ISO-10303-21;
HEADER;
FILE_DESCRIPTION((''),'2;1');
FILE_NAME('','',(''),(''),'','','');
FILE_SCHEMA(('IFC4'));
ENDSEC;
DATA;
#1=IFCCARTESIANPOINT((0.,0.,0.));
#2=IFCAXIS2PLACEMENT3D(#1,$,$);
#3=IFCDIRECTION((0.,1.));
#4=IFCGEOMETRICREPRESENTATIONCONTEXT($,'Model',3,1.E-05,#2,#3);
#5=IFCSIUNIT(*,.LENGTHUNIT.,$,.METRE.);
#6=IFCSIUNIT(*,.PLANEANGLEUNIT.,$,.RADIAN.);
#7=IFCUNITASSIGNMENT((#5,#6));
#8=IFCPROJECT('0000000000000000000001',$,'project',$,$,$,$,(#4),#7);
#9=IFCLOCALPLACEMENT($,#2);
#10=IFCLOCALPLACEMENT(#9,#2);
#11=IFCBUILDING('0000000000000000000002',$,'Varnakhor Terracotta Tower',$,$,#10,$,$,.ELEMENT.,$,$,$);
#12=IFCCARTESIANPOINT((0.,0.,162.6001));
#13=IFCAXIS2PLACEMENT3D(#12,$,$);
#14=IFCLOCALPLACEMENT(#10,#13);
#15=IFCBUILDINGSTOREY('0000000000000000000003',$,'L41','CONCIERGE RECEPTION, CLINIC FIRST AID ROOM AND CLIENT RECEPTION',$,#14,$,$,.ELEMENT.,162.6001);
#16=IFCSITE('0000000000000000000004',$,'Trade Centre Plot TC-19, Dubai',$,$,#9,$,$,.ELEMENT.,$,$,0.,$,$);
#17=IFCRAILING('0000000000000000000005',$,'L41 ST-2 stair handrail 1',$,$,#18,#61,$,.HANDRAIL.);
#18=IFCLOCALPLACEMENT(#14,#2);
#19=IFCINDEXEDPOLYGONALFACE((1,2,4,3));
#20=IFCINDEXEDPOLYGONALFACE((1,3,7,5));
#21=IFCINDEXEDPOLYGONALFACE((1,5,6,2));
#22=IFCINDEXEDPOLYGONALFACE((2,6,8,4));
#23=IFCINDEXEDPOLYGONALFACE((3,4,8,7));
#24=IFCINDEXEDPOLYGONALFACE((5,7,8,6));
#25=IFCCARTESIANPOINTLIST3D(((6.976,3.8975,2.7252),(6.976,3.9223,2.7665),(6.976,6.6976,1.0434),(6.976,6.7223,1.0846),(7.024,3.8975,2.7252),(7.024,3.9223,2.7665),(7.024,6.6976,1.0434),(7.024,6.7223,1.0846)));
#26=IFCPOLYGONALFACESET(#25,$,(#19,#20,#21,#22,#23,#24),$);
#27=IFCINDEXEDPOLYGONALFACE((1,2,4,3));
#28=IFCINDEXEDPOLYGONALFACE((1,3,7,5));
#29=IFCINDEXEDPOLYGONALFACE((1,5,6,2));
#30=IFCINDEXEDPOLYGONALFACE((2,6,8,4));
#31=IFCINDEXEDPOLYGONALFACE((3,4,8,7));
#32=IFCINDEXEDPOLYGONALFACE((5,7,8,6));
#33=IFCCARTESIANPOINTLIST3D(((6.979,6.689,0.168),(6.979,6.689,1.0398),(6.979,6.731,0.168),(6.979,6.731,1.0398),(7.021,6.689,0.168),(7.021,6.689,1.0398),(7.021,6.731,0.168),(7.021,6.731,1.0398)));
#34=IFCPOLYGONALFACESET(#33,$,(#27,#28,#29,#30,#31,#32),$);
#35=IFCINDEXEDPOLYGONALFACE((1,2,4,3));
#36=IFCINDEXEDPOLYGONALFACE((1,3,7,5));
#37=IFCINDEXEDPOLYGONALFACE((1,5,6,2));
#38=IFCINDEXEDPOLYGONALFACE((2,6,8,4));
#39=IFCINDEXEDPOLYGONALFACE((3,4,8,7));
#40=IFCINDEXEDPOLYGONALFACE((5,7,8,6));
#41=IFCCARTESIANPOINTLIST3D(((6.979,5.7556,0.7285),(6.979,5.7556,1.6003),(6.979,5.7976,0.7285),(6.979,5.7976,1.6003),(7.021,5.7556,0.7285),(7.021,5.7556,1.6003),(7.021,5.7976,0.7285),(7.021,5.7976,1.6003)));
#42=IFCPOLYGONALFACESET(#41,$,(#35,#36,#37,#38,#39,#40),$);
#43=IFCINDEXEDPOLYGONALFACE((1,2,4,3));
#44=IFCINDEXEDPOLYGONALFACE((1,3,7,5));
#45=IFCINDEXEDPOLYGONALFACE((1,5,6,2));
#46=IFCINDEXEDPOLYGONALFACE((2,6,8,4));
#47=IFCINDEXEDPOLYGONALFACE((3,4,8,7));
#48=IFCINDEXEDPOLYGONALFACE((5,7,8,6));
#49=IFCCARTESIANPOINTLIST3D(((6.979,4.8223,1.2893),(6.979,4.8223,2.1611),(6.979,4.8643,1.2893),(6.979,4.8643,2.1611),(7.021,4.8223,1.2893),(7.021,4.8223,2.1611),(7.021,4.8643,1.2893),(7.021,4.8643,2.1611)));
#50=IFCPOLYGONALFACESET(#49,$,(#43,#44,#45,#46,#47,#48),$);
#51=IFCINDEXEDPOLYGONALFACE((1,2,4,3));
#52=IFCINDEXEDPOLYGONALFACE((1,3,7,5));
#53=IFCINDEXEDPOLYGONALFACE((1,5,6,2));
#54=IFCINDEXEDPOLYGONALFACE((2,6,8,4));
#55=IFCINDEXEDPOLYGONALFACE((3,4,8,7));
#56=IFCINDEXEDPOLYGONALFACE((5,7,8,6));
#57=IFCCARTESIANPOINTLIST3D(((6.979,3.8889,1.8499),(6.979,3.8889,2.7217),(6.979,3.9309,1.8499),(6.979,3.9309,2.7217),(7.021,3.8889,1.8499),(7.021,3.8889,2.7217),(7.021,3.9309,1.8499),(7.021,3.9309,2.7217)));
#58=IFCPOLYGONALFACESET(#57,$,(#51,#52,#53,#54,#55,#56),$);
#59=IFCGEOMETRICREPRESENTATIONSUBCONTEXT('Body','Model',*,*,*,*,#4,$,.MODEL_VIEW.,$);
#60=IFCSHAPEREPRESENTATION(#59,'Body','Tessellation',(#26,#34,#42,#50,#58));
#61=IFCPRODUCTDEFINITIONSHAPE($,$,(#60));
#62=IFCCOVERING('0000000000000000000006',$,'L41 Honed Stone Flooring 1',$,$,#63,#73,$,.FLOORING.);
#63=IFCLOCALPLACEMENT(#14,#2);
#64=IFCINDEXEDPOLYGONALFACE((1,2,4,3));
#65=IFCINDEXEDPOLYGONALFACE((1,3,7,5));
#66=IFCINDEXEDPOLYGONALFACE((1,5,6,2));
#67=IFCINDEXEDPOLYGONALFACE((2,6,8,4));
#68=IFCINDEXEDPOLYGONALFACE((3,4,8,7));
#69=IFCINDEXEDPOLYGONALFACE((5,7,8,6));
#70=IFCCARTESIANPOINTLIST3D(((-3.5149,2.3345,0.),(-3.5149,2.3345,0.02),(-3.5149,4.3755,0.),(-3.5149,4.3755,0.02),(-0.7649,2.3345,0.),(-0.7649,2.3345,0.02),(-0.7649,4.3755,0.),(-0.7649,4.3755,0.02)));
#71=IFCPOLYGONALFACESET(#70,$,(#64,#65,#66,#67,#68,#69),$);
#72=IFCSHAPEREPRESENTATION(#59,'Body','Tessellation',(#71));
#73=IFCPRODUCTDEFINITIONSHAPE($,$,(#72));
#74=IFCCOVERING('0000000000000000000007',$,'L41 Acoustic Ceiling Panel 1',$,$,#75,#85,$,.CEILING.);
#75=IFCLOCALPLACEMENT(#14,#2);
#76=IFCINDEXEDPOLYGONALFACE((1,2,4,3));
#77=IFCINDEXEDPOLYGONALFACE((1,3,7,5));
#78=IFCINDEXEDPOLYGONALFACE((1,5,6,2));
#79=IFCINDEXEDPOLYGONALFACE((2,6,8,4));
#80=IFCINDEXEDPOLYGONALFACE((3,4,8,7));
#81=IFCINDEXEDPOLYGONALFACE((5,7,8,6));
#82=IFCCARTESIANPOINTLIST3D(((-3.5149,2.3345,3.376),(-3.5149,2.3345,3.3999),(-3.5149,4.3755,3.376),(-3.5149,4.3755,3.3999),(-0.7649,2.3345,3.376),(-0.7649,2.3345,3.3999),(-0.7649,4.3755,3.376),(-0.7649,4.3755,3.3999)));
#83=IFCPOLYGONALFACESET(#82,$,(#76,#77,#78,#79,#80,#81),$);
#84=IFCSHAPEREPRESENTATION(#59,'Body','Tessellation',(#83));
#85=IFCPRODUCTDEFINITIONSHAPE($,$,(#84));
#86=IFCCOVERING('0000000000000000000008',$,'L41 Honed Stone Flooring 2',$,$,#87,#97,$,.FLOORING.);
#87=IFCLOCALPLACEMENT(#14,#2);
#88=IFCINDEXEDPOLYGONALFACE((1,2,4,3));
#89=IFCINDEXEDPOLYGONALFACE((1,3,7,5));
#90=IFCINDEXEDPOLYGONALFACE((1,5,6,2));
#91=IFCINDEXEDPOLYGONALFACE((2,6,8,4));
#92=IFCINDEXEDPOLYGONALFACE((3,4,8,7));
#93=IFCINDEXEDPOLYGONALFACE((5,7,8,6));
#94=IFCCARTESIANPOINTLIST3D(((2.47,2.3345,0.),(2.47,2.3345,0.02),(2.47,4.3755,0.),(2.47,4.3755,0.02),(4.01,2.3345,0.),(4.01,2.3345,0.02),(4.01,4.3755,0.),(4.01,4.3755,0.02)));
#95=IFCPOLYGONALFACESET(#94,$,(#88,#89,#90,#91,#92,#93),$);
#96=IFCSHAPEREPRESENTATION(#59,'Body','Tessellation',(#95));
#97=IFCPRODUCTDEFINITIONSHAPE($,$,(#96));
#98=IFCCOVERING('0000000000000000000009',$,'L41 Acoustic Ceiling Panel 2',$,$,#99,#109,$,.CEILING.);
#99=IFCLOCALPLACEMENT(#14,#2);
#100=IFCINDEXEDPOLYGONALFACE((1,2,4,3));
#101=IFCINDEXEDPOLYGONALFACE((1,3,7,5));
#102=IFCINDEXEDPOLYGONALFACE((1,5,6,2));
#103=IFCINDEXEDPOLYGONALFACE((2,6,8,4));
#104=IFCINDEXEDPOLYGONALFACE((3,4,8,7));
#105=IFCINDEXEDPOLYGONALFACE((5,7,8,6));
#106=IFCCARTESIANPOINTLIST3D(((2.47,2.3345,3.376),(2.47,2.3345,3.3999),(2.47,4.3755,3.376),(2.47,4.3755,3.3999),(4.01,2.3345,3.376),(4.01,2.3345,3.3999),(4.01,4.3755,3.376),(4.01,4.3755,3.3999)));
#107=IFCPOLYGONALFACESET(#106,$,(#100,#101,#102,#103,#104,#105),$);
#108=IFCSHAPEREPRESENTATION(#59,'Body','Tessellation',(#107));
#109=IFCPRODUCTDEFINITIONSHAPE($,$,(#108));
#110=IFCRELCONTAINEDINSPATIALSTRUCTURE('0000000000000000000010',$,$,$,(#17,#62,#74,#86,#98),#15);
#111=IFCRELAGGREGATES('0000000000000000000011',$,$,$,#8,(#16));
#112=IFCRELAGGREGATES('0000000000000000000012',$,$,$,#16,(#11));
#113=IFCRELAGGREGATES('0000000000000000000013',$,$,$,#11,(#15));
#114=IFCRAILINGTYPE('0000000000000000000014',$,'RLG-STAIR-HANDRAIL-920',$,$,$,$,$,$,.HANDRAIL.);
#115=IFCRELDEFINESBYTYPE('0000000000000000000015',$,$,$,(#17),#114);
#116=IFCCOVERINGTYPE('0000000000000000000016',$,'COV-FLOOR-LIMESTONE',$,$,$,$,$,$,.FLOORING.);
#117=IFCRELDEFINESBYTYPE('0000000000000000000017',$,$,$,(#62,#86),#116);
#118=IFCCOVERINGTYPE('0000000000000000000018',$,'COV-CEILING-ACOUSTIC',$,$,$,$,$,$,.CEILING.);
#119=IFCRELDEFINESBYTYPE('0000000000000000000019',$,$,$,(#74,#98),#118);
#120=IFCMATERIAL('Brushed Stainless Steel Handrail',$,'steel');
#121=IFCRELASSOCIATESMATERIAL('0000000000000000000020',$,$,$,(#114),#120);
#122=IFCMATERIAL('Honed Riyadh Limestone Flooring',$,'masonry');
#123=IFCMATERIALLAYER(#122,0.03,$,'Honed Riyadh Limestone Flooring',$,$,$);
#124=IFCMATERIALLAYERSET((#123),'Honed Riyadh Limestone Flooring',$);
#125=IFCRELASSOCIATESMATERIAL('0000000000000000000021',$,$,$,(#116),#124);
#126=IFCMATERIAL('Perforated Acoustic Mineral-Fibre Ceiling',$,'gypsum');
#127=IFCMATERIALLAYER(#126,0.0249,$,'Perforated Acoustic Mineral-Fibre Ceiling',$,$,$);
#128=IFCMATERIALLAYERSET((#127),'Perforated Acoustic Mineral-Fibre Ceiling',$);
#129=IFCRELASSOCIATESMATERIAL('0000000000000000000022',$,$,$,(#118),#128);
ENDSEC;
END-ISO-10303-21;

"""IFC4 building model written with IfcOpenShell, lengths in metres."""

from ifc_helpers import new_model, si_unit, direction, frame, origin, origin_2d, place, context, subcontext, project, spatial, rectangle, extrude, source, transform, mapped, material, layer, layer_set, type_object, element, save


model = new_model("IFC4")

# Units and contexts
model_context = context("Model", 3, precision=1e-05, world=origin(), true_north=direction((0.0, 1.0)))
body_context = subcontext(model_context, "Body", "Model", "MODEL_VIEW")
ifc_project = project(units=[si_unit("LENGTHUNIT", "METRE"), si_unit("PLANEANGLEUNIT", "RADIAN")], contexts=[model_context])

# Site, building, storey
site_placement = place(None, origin())
site = spatial("IfcSite", under=ifc_project, at=site_placement, Name="Trade Centre Plot TC-19, Dubai", CompositionType="ELEMENT", RefElevation=0.0)
building_placement = place(site_placement, origin())
building = spatial("IfcBuilding", under=site, at=building_placement, Name="Varnakhor Terracotta Tower", CompositionType="ELEMENT")
storey_placement = place(building_placement, frame((0.0, 0.0, 162.6001)))
storey = spatial("IfcBuildingStorey", under=building, at=storey_placement, Name="L41", Description="CONCIERGE RECEPTION, CLINIC FIRST AID ROOM AND CLIENT RECEPTION", CompositionType="ELEMENT", Elevation=162.6001)

# Railing
ifc_material_1 = material(Name="Brushed Stainless Steel Handrail", Category="steel")
railing_type_1 = type_object("IfcRailingType", Name="RLG-STAIR-HANDRAIL-920", PredefinedType="HANDRAIL", material=ifc_material_1)
railing_1_placement = place(storey_placement, frame((7.0, 6.71, 0.168)))
element("IfcRailing", 1, at=railing_1_placement, inside=storey, type_object=railing_type_1, Name="L41 ST-2 stair handrail 1", PredefinedType="HANDRAIL", context=body_context, shape_type="SweptSolid", body=[
    extrude(rectangle(XDim=0.0481, YDim=0.0481, at=origin_2d()), frame((0.0, 0.0, 0.896), z_axis=(0.0, -0.857242, 0.514913), x_axis=(1.0, 0.0, 0.0)), (0.0, 0.0, 1.0), 3.2664),
    extrude(rectangle(XDim=0.042, YDim=0.042, at=origin_2d()), origin(), (0.0, 0.0, 1.0), 0.8718),
    extrude(rectangle(XDim=0.042, YDim=0.042, at=origin_2d()), frame((0.0, -0.9333, 0.5605)), (0.0, 0.0, 1.0), 0.8718),
    extrude(rectangle(XDim=0.042, YDim=0.042, at=origin_2d()), frame((0.0, -1.8667, 1.1213)), (0.0, 0.0, 1.0), 0.8718),
    extrude(rectangle(XDim=0.042, YDim=0.042, at=origin_2d()), frame((0.0, -2.8, 1.6819)), (0.0, 0.0, 1.0), 0.8718),
])

# Coverings
ifc_material_2 = material(Name="Honed Riyadh Limestone Flooring", Category="masonry")
ifc_layer_1 = layer(ifc_material_2, 0.03, Name="Honed Riyadh Limestone Flooring")
ifc_layer_set_1 = layer_set([ifc_layer_1], Name="Honed Riyadh Limestone Flooring")
covering_type_1 = type_object("IfcCoveringType", Name="COV-FLOOR-LIMESTONE", PredefinedType="FLOORING", material=ifc_layer_set_1)
shared_shape_1 = source(origin(), body_context, "Body", "SweptSolid", [
    extrude(rectangle(XDim=2.75, YDim=2.041, at=origin_2d()), origin(), (0.0, 0.0, 1.0), 0.02),
])
covering_1_placement = place(storey_placement, frame((-2.1399, 3.355, 0.0), z_axis=(0.0, 0.0, 1.0), x_axis=(1.0, 0.0, 0.0)))
element("IfcCovering", 2, at=covering_1_placement, inside=storey, type_object=covering_type_1, Name="L41 Honed Stone Flooring 1", PredefinedType="FLOORING", context=body_context, shape_type="MappedRepresentation", body=[
    mapped(shared_shape_1, transform((0.0, 0.0, 0.0), scale=1.0)),
])
ifc_material_3 = material(Name="Perforated Acoustic Mineral-Fibre Ceiling", Category="gypsum")
ifc_layer_2 = layer(ifc_material_3, 0.0249, Name="Perforated Acoustic Mineral-Fibre Ceiling")
ifc_layer_set_2 = layer_set([ifc_layer_2], Name="Perforated Acoustic Mineral-Fibre Ceiling")
covering_type_2 = type_object("IfcCoveringType", Name="COV-CEILING-ACOUSTIC", PredefinedType="CEILING", material=ifc_layer_set_2)
shared_shape_2 = source(origin(), body_context, "Body", "SweptSolid", [
    extrude(rectangle(XDim=2.75, YDim=2.041, at=origin_2d()), origin(), (0.0, 0.0, 1.0), 0.0239),
])
covering_2_placement = place(storey_placement, frame((-2.1399, 3.355, 3.376), z_axis=(0.0, 0.0, 1.0), x_axis=(1.0, 0.0, 0.0)))
element("IfcCovering", 3, at=covering_2_placement, inside=storey, type_object=covering_type_2, Name="L41 Acoustic Ceiling Panel 1", PredefinedType="CEILING", context=body_context, shape_type="MappedRepresentation", body=[
    mapped(shared_shape_2, transform((0.0, 0.0, 0.0), scale=1.0)),
])
shared_shape_3 = source(origin(), body_context, "Body", "SweptSolid", [
    extrude(rectangle(XDim=1.54, YDim=2.041, at=origin_2d()), origin(), (0.0, 0.0, 1.0), 0.02),
])
covering_3_placement = place(storey_placement, frame((3.24, 3.355, 0.0), z_axis=(0.0, 0.0, 1.0), x_axis=(1.0, 0.0, 0.0)))
element("IfcCovering", 4, at=covering_3_placement, inside=storey, type_object=covering_type_1, Name="L41 Honed Stone Flooring 2", PredefinedType="FLOORING", context=body_context, shape_type="MappedRepresentation", body=[
    mapped(shared_shape_3, transform((0.0, 0.0, 0.0), scale=1.0)),
])
shared_shape_4 = source(origin(), body_context, "Body", "SweptSolid", [
    extrude(rectangle(XDim=1.54, YDim=2.041, at=origin_2d()), origin(), (0.0, 0.0, 1.0), 0.0239),
])
covering_4_placement = place(storey_placement, frame((3.24, 3.355, 3.376), z_axis=(0.0, 0.0, 1.0), x_axis=(1.0, 0.0, 0.0)))
element("IfcCovering", 5, at=covering_4_placement, inside=storey, type_object=covering_type_2, Name="L41 Acoustic Ceiling Panel 2", PredefinedType="CEILING", context=body_context, shape_type="MappedRepresentation", body=[
    mapped(shared_shape_4, transform((0.0, 0.0, 0.0), scale=1.0)),
])

save(model, "model.ifc")
